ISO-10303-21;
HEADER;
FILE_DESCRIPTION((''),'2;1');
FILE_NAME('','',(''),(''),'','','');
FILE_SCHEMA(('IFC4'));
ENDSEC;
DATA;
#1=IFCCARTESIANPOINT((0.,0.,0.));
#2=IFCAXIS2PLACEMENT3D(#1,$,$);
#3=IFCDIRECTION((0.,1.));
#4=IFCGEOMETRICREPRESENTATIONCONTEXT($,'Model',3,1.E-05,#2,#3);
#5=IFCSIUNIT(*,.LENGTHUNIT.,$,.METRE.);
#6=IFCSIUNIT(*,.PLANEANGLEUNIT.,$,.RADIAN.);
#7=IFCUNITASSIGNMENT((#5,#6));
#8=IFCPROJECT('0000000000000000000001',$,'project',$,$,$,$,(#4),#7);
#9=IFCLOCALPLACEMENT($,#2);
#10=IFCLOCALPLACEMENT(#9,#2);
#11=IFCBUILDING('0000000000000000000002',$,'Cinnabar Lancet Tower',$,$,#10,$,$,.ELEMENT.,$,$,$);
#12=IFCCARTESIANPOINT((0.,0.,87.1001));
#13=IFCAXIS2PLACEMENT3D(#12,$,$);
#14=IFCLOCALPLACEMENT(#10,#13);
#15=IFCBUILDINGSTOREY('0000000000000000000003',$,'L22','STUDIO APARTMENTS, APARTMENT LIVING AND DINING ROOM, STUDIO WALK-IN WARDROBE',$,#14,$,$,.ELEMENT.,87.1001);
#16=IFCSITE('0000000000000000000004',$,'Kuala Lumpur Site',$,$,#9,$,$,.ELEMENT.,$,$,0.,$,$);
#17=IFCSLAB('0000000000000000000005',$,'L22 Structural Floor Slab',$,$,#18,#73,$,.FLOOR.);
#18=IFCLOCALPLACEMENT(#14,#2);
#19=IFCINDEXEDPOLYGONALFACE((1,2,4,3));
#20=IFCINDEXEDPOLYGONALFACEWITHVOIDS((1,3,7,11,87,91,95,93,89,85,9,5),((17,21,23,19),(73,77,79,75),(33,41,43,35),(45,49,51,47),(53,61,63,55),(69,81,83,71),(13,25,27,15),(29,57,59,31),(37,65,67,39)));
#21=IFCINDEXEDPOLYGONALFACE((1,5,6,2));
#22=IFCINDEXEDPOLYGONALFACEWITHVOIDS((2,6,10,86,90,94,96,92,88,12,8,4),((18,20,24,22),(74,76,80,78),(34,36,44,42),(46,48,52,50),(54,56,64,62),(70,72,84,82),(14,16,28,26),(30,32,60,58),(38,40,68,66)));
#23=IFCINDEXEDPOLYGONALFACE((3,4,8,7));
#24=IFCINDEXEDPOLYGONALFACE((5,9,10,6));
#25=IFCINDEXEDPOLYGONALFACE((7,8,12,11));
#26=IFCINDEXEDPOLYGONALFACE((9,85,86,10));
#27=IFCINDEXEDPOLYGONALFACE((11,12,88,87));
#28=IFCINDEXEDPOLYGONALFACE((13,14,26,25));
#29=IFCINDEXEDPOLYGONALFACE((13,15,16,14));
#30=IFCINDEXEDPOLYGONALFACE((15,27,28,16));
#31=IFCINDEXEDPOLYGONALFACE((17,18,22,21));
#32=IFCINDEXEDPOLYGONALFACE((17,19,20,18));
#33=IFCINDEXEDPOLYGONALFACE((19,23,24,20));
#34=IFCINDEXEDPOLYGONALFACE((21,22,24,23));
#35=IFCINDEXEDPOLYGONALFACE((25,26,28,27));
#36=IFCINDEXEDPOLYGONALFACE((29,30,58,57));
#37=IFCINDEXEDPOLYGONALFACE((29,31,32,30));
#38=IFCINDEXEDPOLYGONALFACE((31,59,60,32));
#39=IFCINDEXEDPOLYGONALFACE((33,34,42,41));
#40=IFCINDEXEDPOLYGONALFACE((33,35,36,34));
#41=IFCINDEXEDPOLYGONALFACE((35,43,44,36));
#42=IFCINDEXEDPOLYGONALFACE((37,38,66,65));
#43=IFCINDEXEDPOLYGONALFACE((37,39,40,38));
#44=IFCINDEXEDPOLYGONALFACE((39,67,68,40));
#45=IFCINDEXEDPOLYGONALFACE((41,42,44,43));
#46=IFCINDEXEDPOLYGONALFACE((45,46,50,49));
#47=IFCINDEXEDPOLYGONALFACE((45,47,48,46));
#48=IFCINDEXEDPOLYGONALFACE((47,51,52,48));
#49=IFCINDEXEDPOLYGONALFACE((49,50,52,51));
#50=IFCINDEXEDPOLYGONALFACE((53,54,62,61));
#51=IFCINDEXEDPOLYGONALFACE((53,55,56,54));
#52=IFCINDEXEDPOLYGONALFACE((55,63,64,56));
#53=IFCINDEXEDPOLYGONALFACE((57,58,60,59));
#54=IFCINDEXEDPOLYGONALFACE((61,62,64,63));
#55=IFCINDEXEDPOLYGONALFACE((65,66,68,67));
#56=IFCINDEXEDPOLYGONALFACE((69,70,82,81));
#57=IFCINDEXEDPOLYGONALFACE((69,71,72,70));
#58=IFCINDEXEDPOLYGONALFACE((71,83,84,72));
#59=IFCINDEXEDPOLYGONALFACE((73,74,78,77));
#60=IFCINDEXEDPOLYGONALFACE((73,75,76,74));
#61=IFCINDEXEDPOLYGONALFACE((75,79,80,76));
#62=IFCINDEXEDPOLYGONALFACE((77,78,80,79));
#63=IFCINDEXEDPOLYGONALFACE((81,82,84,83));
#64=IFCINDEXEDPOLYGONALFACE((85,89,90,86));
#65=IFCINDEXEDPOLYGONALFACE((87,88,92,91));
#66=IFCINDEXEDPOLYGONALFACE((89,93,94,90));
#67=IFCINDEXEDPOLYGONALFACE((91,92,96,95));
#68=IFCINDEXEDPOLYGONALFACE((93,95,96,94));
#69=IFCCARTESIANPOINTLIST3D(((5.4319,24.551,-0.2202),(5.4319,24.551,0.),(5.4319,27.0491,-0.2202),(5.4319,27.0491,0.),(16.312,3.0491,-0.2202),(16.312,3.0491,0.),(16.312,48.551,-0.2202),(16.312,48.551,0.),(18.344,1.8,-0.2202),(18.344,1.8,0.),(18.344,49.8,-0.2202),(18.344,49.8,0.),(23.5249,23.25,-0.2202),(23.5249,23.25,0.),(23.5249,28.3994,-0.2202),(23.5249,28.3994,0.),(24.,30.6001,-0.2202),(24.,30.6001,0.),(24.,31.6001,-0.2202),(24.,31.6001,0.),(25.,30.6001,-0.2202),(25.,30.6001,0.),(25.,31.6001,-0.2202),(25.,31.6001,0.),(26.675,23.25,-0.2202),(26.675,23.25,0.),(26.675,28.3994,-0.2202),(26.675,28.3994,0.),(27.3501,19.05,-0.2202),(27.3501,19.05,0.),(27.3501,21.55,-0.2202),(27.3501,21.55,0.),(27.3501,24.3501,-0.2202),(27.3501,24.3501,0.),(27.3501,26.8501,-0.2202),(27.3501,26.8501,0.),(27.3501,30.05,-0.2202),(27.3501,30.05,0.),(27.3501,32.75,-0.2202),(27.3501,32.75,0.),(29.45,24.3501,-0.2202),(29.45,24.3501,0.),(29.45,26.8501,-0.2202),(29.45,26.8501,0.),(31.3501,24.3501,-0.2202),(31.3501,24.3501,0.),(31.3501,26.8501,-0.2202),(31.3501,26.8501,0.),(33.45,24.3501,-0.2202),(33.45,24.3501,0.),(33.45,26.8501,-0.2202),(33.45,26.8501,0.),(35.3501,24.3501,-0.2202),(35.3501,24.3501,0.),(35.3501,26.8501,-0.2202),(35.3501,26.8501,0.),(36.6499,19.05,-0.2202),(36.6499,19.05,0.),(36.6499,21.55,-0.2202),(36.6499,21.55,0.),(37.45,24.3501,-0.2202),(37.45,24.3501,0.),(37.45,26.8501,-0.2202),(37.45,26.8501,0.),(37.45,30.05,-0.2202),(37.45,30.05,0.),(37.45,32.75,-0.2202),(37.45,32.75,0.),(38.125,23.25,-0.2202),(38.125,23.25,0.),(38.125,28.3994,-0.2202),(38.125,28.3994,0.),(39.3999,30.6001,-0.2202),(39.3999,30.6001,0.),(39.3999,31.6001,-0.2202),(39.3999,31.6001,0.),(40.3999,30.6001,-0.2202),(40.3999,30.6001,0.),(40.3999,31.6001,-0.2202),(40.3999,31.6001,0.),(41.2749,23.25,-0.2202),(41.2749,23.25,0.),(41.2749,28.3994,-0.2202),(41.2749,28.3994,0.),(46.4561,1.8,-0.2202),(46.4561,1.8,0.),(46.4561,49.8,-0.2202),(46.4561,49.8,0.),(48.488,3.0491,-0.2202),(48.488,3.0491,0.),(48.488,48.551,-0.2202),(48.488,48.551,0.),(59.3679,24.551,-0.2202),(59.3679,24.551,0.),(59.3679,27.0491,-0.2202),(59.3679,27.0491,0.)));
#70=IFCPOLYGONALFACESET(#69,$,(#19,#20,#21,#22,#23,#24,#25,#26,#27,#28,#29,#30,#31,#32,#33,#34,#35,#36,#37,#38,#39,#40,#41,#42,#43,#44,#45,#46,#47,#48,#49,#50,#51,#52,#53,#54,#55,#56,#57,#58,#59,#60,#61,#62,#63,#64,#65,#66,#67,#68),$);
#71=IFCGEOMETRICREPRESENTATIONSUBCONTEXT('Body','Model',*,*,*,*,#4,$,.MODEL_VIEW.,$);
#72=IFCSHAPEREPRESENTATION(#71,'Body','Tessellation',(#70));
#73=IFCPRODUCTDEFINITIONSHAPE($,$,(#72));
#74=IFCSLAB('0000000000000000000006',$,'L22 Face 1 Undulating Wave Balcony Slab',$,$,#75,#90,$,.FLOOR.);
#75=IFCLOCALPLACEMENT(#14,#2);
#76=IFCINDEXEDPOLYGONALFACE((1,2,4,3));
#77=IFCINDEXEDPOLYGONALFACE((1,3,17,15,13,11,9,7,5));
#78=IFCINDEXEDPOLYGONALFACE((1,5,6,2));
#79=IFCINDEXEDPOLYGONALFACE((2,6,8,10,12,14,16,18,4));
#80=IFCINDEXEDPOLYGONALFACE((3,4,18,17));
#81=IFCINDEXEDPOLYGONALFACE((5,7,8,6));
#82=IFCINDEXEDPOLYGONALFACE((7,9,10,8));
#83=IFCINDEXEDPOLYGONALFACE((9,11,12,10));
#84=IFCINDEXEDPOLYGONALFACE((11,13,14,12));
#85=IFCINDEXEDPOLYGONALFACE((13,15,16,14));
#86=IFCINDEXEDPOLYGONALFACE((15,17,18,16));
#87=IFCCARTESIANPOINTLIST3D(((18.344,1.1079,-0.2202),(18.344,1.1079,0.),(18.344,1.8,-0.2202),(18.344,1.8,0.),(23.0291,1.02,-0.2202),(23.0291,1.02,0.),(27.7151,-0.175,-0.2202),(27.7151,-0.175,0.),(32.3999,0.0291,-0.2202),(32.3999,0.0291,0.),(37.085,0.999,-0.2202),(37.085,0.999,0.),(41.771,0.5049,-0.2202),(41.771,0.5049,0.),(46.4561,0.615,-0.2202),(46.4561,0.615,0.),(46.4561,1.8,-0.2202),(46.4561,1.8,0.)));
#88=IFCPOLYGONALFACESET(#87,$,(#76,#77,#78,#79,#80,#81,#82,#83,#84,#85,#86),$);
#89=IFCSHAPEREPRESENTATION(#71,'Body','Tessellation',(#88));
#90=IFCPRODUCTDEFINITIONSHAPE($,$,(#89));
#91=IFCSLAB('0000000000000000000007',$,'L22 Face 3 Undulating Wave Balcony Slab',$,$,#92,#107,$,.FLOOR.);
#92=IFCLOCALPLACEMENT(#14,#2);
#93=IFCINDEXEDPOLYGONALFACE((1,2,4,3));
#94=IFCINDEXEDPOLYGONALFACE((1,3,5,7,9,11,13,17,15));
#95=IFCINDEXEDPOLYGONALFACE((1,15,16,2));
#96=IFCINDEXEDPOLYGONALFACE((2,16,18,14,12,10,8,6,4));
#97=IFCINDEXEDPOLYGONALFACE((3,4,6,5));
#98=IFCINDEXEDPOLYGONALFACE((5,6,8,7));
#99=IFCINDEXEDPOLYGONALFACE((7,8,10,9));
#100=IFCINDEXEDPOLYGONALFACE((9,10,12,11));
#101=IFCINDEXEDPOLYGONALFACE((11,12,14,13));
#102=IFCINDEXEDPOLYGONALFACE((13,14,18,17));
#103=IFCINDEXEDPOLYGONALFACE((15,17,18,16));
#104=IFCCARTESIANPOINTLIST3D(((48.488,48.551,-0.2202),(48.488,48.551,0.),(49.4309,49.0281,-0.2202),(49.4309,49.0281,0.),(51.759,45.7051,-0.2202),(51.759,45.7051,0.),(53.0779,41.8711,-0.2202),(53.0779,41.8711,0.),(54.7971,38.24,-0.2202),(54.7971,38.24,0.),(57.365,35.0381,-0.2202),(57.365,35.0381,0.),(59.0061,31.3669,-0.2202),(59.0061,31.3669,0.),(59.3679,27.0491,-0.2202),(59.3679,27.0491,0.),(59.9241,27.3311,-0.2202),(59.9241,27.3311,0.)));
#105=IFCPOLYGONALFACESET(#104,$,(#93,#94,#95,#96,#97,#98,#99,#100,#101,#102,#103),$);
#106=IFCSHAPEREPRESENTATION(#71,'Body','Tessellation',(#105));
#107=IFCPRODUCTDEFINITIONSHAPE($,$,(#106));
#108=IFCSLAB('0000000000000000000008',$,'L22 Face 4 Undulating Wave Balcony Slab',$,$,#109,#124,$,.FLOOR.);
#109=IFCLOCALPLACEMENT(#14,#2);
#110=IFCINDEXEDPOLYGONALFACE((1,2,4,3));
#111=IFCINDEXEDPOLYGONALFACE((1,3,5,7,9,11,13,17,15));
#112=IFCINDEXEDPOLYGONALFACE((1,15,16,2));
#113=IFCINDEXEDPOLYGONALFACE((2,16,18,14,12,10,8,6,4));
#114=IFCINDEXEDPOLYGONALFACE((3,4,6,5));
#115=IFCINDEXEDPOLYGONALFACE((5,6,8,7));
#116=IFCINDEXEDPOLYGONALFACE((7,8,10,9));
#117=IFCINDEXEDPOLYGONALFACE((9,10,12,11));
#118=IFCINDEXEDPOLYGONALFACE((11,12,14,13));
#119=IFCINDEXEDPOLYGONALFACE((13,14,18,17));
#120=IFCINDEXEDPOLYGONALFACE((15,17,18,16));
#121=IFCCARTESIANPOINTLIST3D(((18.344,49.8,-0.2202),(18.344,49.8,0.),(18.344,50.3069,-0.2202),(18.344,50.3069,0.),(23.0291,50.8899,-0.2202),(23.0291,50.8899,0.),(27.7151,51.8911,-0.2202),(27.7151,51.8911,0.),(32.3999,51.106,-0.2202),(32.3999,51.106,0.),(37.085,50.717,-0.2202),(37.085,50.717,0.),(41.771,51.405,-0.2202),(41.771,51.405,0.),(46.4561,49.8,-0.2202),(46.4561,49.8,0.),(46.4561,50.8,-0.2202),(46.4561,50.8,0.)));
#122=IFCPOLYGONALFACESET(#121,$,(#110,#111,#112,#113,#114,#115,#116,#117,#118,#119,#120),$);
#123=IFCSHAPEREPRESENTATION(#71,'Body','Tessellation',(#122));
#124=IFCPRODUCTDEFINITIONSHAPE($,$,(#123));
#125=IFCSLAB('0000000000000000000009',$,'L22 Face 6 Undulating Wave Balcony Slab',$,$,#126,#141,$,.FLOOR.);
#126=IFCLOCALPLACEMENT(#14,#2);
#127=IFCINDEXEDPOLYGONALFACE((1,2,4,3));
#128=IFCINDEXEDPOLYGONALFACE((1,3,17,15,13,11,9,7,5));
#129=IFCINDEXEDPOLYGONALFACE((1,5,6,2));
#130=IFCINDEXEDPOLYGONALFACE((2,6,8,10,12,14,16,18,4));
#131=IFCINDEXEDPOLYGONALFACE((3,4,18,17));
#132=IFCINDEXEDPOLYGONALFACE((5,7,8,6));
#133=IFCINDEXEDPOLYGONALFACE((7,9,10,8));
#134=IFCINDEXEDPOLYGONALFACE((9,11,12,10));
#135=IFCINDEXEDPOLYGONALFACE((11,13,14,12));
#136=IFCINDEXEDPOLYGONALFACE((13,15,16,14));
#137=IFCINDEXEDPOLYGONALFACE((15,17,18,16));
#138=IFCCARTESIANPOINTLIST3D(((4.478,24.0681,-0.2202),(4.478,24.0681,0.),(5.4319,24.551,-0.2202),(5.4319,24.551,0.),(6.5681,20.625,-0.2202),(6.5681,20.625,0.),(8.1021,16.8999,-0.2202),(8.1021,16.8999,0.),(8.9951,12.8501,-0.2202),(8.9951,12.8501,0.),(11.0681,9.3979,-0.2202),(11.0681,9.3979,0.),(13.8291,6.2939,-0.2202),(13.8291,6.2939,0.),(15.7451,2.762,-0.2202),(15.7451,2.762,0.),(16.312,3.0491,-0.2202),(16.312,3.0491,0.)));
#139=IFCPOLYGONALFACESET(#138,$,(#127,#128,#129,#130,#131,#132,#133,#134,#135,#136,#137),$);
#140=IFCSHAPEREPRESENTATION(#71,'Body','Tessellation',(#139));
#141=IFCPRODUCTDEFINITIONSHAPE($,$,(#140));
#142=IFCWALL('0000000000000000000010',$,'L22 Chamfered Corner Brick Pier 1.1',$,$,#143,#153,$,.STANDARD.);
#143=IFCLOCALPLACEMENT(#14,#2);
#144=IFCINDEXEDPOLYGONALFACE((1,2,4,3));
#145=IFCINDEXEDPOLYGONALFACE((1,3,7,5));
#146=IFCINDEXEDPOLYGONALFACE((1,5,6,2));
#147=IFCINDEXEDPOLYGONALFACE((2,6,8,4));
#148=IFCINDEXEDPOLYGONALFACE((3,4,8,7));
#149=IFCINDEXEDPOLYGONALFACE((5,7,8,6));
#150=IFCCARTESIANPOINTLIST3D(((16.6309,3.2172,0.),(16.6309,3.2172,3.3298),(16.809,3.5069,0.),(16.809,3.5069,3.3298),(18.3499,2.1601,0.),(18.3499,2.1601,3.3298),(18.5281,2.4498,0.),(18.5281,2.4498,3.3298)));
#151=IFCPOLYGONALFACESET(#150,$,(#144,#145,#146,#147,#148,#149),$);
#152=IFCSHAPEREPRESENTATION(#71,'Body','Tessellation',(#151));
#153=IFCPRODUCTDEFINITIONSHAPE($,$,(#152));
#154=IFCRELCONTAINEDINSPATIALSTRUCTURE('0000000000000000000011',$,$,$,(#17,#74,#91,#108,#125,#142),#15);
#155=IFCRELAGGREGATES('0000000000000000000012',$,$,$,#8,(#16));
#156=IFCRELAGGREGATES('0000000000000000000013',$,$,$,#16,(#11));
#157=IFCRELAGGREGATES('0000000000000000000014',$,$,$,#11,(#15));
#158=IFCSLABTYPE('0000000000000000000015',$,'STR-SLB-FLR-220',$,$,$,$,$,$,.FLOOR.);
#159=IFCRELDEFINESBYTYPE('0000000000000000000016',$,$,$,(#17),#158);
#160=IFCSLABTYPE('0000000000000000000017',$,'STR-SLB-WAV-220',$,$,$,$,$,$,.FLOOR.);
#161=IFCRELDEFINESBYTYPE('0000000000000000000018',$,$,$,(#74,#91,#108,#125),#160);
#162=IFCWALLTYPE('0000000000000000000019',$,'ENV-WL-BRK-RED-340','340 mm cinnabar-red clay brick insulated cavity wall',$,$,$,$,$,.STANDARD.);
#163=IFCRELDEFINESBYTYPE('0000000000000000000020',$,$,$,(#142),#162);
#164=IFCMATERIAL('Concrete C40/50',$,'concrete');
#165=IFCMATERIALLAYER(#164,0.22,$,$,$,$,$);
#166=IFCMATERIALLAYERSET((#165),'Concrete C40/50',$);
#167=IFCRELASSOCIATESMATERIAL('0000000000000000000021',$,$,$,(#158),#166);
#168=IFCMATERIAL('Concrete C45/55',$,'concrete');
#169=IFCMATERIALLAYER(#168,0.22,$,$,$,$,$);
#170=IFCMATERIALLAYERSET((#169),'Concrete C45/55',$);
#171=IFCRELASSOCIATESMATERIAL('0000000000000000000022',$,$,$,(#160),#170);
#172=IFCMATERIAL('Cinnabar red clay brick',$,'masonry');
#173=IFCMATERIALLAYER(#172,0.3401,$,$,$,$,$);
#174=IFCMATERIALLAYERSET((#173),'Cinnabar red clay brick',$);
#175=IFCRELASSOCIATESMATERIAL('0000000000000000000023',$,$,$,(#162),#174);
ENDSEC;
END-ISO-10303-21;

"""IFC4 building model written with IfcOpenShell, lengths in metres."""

from ifc_helpers import new_model, si_unit, direction, frame, frame_2d, origin, place, context, subcontext, project, spatial, polyline, rectangle, outline, extrude, material, layer, layer_set, type_object, element, save


model = new_model("IFC4")

# Units and contexts
model_context = context("Model", 3, precision=1e-05, world=origin(), true_north=direction((0.0, 1.0)))
body_context = subcontext(model_context, "Body", "Model", "MODEL_VIEW")
ifc_project = project(units=[si_unit("LENGTHUNIT", "METRE"), si_unit("PLANEANGLEUNIT", "RADIAN")], contexts=[model_context])

# Site, building, storey
site_placement = place(None, origin())
site = spatial("IfcSite", under=ifc_project, at=site_placement, Name="Kuala Lumpur Site", CompositionType="ELEMENT", RefElevation=0.0)
building_placement = place(site_placement, origin())
building = spatial("IfcBuilding", under=site, at=building_placement, Name="Cinnabar Lancet Tower", CompositionType="ELEMENT")
storey_placement = place(building_placement, frame((0.0, 0.0, 87.1001)))
storey = spatial("IfcBuildingStorey", under=building, at=storey_placement, Name="L22", Description="STUDIO APARTMENTS, APARTMENT LIVING AND DINING ROOM, STUDIO WALK-IN WARDROBE", CompositionType="ELEMENT", Elevation=87.1001)

# Slabs
ifc_material_1 = material(Name="Concrete C40/50", Category="concrete")
ifc_layer_1 = layer(ifc_material_1, 0.22)
ifc_layer_set_1 = layer_set([ifc_layer_1], Name="Concrete C40/50")
slab_type_1 = type_object("IfcSlabType", Name="STR-SLB-FLR-220", PredefinedType="FLOOR", material=ifc_layer_set_1)
slab_1_placement = place(storey_placement, frame((0.0, 0.0, -0.2202)))
element("IfcSlab", 1, at=slab_1_placement, inside=storey, type_object=slab_type_1, Name="L22 Structural Floor Slab", PredefinedType="FLOOR", context=body_context, shape_type="SweptSolid", body=[
    extrude(outline(polyline([(16.312, 3.0491), (18.344, 1.8), (46.4561, 1.8), (48.488, 3.0491), (59.3679, 24.551), (59.3679, 27.0491), (48.488, 48.551), (46.4561, 49.8), (18.344, 49.8), (16.312, 48.551), (5.4319, 27.0491), (5.4319, 24.551), (16.312, 3.0491)]), holes=[polyline([(23.5249, 23.25), (26.675, 23.25), (26.675, 28.3994), (23.5249, 28.3994), (23.5249, 23.25)]), polyline([(38.125, 23.25), (41.2749, 23.25), (41.2749, 28.3994), (38.125, 28.3994), (38.125, 23.25)]), polyline([(27.3501, 30.05), (37.45, 30.05), (37.45, 32.75), (27.3501, 32.75), (27.3501, 30.05)]), polyline([(27.3501, 19.05), (36.6499, 19.05), (36.6499, 21.55), (27.3501, 21.55), (27.3501, 19.05)]), polyline([(27.3501, 24.3501), (29.45, 24.3501), (29.45, 26.8501), (27.3501, 26.8501), (27.3501, 24.3501)]), polyline([(35.3501, 24.3501), (37.45, 24.3501), (37.45, 26.8501), (35.3501, 26.8501), (35.3501, 24.3501)]), polyline([(31.3501, 24.3501), (33.45, 24.3501), (33.45, 26.8501), (31.3501, 26.8501), (31.3501, 24.3501)]), polyline([(24.0, 30.6001), (25.0, 30.6001), (25.0, 31.6001), (24.0, 31.6001), (24.0, 30.6001)]), polyline([(39.3999, 30.6001), (40.3999, 30.6001), (40.3999, 31.6001), (39.3999, 31.6001), (39.3999, 30.6001)])]), origin(), (0.0, 0.0, 1.0), 0.2202),
])
ifc_material_2 = material(Name="Concrete C45/55", Category="concrete")
ifc_layer_2 = layer(ifc_material_2, 0.22)
ifc_layer_set_2 = layer_set([ifc_layer_2], Name="Concrete C45/55")
slab_type_2 = type_object("IfcSlabType", Name="STR-SLB-WAV-220", PredefinedType="FLOOR", material=ifc_layer_set_2)
slab_2_placement = place(storey_placement, frame((0.0, 0.0, -0.2202)))
element("IfcSlab", 2, at=slab_2_placement, inside=storey, type_object=slab_type_2, Name="L22 Face 1 Undulating Wave Balcony Slab", PredefinedType="FLOOR", context=body_context, shape_type="SweptSolid", body=[
    extrude(outline(polyline([(18.344, 1.8), (18.344, 1.1079), (23.0291, 1.02), (27.7151, -0.175), (32.3999, 0.0291), (37.085, 0.999), (41.771, 0.5049), (46.4561, 0.615), (46.4561, 1.8), (18.344, 1.8)])), origin(), (0.0, 0.0, 1.0), 0.2202),
])
slab_3_placement = place(storey_placement, frame((0.0, 0.0, -0.2202)))
element("IfcSlab", 3, at=slab_3_placement, inside=storey, type_object=slab_type_2, Name="L22 Face 3 Undulating Wave Balcony Slab", PredefinedType="FLOOR", context=body_context, shape_type="SweptSolid", body=[
    extrude(outline(polyline([(59.3679, 27.0491), (59.9241, 27.3311), (59.0061, 31.3669), (57.365, 35.0381), (54.7971, 38.24), (53.0779, 41.8711), (51.759, 45.7051), (49.4309, 49.0281), (48.488, 48.551), (59.3679, 27.0491)])), origin(), (0.0, 0.0, 1.0), 0.2202),
])
slab_4_placement = place(storey_placement, frame((0.0, 0.0, -0.2202)))
element("IfcSlab", 4, at=slab_4_placement, inside=storey, type_object=slab_type_2, Name="L22 Face 4 Undulating Wave Balcony Slab", PredefinedType="FLOOR", context=body_context, shape_type="SweptSolid", body=[
    extrude(outline(polyline([(46.4561, 49.8), (46.4561, 50.8), (41.771, 51.405), (37.085, 50.717), (32.3999, 51.106), (27.7151, 51.8911), (23.0291, 50.8899), (18.344, 50.3069), (18.344, 49.8), (46.4561, 49.8)])), origin(), (0.0, 0.0, 1.0), 0.2202),
])
slab_5_placement = place(storey_placement, frame((0.0, 0.0, -0.2202)))
element("IfcSlab", 5, at=slab_5_placement, inside=storey, type_object=slab_type_2, Name="L22 Face 6 Undulating Wave Balcony Slab", PredefinedType="FLOOR", context=body_context, shape_type="SweptSolid", body=[
    extrude(outline(polyline([(5.4319, 24.551), (4.478, 24.0681), (6.5681, 20.625), (8.1021, 16.8999), (8.9951, 12.8501), (11.0681, 9.3979), (13.8291, 6.2939), (15.7451, 2.762), (16.312, 3.0491), (5.4319, 24.551)])), origin(), (0.0, 0.0, 1.0), 0.2202),
])

# Wall
ifc_material_3 = material(Name="Cinnabar red clay brick", Category="masonry")
ifc_layer_3 = layer(ifc_material_3, 0.3401)
ifc_layer_set_3 = layer_set([ifc_layer_3], Name="Cinnabar red clay brick")
wall_type = type_object("IfcWallType", Name="ENV-WL-BRK-RED-340", Description="340 mm cinnabar-red clay brick insulated cavity wall", PredefinedType="STANDARD", material=ifc_layer_set_3)
wall_1_placement = place(storey_placement, frame((16.72, 3.3621, 0.0), z_axis=(0.0, 0.0, 1.0), x_axis=(0.851816, -0.523841, 0.0)))
element("IfcWall", 6, at=wall_1_placement, inside=storey, type_object=wall_type, Name="L22 Chamfered Corner Brick Pier 1.1", PredefinedType="STANDARD", context=body_context, shape_type="SweptSolid", body=[
    extrude(rectangle(XDim=2.0181, YDim=0.3401, at=frame_2d((1.009, 0.0))), origin(), (0.0, 0.0, 1.0), 3.3298),
])

save(model, "model.ifc")
